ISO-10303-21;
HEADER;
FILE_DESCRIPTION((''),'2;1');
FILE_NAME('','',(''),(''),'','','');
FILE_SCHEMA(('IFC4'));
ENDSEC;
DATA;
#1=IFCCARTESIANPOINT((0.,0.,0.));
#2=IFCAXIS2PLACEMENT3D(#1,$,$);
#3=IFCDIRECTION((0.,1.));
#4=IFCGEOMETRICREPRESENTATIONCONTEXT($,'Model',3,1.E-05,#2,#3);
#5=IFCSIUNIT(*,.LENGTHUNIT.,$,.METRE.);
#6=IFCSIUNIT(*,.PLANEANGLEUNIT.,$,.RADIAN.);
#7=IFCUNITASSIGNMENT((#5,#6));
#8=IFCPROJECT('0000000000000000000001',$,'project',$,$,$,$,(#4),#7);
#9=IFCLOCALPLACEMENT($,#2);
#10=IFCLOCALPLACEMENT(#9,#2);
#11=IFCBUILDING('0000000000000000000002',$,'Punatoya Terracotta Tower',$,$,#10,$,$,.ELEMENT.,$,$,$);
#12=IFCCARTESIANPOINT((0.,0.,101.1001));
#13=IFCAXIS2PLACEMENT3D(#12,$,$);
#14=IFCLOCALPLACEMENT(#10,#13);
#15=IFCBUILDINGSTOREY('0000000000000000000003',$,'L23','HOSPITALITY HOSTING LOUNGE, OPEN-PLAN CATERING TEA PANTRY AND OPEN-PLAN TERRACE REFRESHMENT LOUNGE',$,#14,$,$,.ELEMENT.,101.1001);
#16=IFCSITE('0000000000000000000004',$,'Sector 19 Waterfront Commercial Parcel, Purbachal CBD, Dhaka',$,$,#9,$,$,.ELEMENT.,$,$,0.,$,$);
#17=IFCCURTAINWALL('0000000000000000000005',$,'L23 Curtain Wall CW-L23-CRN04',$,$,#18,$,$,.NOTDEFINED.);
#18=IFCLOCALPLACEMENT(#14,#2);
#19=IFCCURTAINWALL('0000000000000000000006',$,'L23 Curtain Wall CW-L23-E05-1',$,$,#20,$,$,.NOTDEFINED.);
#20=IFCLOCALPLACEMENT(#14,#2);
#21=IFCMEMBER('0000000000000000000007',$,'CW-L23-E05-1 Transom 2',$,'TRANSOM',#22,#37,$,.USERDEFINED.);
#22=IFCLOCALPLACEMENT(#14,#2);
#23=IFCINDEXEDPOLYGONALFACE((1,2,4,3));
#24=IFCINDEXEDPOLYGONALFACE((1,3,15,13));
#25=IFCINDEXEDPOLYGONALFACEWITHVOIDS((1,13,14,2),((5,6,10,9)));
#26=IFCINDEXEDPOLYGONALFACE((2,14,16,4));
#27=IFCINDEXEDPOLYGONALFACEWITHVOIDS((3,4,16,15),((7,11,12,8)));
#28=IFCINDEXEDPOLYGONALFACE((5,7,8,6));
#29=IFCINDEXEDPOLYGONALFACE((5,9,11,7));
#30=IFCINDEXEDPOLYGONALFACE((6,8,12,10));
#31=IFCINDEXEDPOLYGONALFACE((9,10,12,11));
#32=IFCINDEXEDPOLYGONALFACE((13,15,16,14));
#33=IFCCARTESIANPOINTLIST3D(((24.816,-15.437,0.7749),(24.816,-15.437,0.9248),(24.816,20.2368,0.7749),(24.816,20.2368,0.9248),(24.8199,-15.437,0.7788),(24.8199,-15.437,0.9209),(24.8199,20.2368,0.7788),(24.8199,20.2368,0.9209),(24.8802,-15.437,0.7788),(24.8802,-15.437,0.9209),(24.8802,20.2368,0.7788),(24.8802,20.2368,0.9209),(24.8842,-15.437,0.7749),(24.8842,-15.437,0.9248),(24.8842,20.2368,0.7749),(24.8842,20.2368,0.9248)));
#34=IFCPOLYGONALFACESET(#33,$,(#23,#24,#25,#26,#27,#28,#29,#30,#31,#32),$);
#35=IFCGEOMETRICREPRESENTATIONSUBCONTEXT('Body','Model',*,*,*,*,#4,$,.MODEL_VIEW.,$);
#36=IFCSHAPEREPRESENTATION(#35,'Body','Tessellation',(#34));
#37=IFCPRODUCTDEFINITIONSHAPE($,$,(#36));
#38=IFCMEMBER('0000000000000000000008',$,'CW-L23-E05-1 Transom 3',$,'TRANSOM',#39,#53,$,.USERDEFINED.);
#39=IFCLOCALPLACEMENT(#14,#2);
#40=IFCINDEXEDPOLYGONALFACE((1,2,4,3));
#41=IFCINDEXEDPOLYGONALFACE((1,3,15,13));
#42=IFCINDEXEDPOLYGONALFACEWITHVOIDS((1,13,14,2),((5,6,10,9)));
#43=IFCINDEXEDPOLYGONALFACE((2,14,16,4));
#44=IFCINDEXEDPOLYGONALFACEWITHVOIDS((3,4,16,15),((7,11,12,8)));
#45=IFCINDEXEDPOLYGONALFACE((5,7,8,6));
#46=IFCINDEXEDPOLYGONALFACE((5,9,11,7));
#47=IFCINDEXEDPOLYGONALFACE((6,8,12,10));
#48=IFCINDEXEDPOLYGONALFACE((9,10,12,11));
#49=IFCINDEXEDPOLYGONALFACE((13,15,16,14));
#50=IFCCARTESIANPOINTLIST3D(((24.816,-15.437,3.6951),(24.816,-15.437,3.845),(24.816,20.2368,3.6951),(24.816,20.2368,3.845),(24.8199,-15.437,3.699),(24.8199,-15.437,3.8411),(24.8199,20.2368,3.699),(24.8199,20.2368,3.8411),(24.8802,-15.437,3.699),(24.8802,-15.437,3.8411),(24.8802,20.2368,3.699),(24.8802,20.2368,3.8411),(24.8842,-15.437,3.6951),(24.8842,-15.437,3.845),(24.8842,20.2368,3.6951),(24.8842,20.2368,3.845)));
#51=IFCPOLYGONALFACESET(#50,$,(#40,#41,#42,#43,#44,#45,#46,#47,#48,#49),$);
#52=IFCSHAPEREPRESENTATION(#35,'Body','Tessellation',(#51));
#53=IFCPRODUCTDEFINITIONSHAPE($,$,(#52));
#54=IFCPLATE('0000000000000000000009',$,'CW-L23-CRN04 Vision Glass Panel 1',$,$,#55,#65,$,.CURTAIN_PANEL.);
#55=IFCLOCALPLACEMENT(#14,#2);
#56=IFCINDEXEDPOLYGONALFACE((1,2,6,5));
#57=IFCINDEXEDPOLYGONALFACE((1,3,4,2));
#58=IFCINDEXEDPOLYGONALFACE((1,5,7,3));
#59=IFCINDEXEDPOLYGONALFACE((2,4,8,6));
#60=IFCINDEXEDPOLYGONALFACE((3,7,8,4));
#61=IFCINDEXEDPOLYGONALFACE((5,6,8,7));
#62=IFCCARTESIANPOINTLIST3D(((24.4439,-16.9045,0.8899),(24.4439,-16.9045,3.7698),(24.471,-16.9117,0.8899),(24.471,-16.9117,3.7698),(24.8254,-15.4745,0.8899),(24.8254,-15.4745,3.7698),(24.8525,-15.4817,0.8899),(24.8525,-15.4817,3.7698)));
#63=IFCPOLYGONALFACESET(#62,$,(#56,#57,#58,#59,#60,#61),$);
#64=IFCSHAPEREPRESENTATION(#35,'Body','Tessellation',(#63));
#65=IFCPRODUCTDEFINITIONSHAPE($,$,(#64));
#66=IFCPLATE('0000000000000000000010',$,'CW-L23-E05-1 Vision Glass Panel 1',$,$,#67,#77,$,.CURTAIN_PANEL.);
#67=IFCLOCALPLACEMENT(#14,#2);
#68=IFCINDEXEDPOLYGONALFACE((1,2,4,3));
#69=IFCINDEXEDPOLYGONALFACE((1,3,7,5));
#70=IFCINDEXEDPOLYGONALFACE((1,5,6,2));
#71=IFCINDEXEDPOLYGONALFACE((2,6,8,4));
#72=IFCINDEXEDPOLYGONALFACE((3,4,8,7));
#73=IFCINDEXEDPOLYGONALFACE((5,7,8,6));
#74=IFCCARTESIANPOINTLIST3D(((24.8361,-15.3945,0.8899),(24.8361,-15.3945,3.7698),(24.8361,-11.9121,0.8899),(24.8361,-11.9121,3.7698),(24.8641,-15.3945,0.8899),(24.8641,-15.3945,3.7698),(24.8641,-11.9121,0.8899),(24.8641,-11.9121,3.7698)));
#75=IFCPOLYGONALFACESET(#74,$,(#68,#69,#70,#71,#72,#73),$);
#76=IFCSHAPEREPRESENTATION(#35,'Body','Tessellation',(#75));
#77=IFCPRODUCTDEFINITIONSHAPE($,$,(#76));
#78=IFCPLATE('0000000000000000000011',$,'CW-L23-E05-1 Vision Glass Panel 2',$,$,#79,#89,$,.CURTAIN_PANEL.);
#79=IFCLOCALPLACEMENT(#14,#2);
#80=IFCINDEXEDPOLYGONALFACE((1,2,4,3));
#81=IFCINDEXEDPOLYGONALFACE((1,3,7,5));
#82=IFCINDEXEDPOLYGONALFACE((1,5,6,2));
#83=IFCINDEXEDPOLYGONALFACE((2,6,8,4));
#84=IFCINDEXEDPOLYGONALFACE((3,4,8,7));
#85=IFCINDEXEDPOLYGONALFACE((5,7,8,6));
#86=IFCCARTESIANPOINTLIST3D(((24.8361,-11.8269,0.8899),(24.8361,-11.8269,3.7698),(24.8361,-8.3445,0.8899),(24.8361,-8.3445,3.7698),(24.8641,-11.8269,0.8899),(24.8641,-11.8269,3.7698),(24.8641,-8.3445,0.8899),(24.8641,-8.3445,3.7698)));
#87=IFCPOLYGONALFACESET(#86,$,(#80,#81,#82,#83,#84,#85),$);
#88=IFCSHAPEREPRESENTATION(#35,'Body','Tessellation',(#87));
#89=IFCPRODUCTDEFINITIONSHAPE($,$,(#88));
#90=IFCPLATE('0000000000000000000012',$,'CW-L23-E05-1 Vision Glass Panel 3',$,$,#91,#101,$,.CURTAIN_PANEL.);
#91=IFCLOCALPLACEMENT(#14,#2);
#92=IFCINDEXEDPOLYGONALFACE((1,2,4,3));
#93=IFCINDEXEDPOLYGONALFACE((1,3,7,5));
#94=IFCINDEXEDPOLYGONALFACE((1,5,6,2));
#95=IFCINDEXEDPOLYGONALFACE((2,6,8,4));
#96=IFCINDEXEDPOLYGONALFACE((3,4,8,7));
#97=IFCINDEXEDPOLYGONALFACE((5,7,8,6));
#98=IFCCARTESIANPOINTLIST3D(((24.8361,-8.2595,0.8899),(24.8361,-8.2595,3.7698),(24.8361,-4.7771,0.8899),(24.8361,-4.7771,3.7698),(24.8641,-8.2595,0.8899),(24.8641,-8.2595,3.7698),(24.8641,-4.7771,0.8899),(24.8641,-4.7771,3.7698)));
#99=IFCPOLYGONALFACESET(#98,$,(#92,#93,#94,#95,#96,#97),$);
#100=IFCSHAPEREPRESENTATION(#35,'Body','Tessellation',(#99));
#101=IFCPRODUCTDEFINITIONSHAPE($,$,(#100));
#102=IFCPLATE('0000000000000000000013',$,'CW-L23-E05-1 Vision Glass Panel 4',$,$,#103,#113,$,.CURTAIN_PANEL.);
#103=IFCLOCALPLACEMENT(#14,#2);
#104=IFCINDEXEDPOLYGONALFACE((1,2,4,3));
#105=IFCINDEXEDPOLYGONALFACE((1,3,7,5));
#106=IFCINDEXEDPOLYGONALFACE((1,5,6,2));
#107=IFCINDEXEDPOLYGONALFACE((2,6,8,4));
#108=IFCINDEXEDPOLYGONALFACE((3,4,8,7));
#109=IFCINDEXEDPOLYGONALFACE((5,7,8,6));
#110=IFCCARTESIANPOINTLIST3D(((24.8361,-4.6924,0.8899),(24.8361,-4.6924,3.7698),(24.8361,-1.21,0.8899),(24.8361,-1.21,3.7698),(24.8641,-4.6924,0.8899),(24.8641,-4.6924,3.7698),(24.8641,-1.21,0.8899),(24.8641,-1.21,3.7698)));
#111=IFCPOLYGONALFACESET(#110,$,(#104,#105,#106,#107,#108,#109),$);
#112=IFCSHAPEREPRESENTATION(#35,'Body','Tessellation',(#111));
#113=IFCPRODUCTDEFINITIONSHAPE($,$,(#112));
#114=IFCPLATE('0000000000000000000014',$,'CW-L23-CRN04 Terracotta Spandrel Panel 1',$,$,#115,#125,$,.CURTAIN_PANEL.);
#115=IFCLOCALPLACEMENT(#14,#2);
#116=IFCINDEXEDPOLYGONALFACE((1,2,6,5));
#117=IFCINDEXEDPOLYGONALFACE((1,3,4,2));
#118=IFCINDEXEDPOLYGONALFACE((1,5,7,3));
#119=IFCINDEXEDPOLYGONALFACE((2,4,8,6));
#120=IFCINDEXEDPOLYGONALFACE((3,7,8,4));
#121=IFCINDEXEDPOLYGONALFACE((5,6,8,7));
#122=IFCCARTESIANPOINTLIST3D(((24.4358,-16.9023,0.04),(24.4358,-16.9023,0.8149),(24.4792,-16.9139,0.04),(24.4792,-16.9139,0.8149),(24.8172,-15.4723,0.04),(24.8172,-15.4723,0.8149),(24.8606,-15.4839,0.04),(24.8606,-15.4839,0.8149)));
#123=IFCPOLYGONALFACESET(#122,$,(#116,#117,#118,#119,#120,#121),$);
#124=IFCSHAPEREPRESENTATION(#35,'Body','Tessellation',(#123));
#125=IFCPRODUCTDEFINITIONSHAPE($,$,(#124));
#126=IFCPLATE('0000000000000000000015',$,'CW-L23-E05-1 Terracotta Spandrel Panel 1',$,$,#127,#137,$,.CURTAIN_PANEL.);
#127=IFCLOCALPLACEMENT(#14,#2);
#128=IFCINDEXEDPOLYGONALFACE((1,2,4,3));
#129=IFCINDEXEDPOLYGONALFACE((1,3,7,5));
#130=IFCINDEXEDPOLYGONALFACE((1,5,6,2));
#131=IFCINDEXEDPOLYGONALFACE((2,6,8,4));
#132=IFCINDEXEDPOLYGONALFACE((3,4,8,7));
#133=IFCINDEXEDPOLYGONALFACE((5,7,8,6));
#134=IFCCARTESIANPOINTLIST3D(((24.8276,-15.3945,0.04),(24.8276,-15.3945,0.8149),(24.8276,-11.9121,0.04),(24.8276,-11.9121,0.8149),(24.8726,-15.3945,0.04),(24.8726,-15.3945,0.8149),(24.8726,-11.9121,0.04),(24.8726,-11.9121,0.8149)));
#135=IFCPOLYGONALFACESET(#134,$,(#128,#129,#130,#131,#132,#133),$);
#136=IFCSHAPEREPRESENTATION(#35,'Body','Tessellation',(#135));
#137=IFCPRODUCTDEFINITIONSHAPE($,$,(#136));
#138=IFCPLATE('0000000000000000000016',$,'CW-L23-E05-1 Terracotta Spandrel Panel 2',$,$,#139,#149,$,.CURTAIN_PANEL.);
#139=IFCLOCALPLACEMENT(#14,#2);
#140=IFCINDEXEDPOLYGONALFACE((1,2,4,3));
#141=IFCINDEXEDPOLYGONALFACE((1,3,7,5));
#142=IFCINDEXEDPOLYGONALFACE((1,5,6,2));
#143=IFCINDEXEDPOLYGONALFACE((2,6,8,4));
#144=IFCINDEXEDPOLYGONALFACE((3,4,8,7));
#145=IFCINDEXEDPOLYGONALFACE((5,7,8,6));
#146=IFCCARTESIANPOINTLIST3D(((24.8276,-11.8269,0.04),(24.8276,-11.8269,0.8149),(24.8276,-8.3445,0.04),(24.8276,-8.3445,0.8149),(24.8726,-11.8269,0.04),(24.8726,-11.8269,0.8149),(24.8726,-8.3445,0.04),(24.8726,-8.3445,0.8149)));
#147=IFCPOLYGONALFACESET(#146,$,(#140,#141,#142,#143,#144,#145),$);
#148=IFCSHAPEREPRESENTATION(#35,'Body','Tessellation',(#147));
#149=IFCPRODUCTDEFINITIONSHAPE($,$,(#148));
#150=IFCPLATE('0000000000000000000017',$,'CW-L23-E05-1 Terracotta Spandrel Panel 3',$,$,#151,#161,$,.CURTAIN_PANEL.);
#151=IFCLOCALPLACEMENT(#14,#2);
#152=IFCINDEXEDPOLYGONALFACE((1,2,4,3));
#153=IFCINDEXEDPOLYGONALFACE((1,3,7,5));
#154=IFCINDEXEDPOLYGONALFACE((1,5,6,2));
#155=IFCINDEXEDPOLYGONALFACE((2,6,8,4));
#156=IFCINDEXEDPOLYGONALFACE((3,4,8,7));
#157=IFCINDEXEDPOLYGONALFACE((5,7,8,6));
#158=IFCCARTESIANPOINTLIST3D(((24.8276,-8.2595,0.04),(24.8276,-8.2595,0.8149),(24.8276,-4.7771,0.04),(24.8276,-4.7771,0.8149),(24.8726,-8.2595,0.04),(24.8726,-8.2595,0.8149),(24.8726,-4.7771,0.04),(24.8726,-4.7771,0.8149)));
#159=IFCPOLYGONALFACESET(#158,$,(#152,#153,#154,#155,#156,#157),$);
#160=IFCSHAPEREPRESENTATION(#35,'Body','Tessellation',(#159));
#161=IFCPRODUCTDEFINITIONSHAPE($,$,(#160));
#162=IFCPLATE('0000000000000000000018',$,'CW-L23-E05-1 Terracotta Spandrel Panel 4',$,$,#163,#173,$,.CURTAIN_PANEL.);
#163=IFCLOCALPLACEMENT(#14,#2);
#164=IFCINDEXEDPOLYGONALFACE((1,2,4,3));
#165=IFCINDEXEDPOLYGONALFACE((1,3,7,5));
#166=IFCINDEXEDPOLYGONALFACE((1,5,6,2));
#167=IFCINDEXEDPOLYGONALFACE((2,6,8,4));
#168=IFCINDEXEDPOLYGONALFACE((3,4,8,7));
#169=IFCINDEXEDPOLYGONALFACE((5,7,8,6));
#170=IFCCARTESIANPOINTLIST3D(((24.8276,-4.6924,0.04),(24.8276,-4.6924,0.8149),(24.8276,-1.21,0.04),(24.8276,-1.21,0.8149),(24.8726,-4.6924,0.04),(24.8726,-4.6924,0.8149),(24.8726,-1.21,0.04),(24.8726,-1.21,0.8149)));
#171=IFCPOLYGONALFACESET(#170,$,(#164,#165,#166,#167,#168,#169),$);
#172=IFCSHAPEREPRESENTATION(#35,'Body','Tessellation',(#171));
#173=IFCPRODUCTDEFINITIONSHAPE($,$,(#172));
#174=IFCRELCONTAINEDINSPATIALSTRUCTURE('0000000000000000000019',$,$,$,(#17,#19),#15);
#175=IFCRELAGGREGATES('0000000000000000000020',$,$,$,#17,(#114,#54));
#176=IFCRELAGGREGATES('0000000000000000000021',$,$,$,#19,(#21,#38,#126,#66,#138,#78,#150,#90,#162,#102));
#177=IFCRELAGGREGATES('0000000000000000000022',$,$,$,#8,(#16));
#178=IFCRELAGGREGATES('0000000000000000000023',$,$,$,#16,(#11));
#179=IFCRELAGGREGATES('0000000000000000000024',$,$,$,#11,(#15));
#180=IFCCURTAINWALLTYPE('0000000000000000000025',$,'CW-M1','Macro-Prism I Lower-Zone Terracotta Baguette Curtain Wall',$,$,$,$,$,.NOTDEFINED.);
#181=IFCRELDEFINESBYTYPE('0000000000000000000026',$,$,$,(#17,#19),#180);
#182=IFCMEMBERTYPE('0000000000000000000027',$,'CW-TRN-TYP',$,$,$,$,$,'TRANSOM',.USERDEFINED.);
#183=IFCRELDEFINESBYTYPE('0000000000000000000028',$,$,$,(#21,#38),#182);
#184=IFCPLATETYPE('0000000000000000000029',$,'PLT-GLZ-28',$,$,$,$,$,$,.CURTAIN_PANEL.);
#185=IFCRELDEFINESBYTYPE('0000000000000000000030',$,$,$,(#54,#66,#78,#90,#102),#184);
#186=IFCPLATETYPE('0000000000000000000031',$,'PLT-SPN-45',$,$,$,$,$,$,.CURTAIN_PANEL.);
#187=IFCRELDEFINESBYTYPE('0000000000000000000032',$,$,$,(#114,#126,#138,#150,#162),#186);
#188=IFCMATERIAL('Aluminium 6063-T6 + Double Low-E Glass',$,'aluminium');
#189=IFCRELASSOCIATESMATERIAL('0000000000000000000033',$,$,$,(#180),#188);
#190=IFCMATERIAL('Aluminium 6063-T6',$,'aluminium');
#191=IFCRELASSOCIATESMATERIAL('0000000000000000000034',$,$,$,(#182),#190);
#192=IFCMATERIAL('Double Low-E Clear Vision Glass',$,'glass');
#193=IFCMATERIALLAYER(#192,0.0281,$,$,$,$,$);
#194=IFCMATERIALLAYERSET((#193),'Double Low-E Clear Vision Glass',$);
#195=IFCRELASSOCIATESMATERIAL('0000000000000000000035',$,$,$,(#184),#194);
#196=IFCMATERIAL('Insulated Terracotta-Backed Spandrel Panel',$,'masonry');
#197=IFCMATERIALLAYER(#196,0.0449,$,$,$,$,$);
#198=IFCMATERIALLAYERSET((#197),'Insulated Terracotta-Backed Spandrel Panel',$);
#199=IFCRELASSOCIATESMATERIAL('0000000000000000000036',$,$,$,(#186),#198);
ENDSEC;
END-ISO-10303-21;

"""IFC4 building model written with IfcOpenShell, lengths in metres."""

from ifc_helpers import new_model, si_unit, direction, frame, origin, origin_2d, place, context, subcontext, project, spatial, rectangle, hollow_rectangle, extrude, material, layer, layer_set, material_profile, profile_set, type_object, element, aggregate, save


model = new_model("IFC4")

# Units and contexts
model_context = context("Model", 3, precision=1e-05, world=origin(), true_north=direction((0.0, 1.0)))
body_context = subcontext(model_context, "Body", "Model", "MODEL_VIEW")
ifc_project = project(units=[si_unit("LENGTHUNIT", "METRE"), si_unit("PLANEANGLEUNIT", "RADIAN")], contexts=[model_context])

# Site, building, storey
site_placement = place(None, origin())
site = spatial("IfcSite", under=ifc_project, at=site_placement, Name="Sector 19 Waterfront Commercial Parcel, Purbachal CBD, Dhaka", CompositionType="ELEMENT", RefElevation=0.0)
building_placement = place(site_placement, origin())
building = spatial("IfcBuilding", under=site, at=building_placement, Name="Punatoya Terracotta Tower", CompositionType="ELEMENT")
storey_placement = place(building_placement, frame((0.0, 0.0, 101.1001)))
storey = spatial("IfcBuildingStorey", under=building, at=storey_placement, Name="L23", Description="HOSPITALITY HOSTING LOUNGE, OPEN-PLAN CATERING TEA PANTRY AND OPEN-PLAN TERRACE REFRESHMENT LOUNGE", CompositionType="ELEMENT", Elevation=101.1001)

# Curtain walls, members
ifc_material_1 = material(Name="Aluminium 6063-T6 + Double Low-E Glass", Category="aluminium")
curtain_wall_type = type_object("IfcCurtainWallType", Name="CW-M1", Description="Macro-Prism I Lower-Zone Terracotta Baguette Curtain Wall", PredefinedType="NOTDEFINED", material=ifc_material_1)
curtain_wall_1_placement = place(storey_placement, origin())
curtain_wall_1 = element("IfcCurtainWall", 1, at=curtain_wall_1_placement, inside=storey, type_object=curtain_wall_type, Name="L23 Curtain Wall CW-L23-CRN04", PredefinedType="NOTDEFINED")
ifc_material_2 = material(Name="Aluminium 6063-T6", Category="aluminium")
curtain_wall_2_placement = place(storey_placement, origin())
curtain_wall_2 = element("IfcCurtainWall", 2, at=curtain_wall_2_placement, inside=storey, type_object=curtain_wall_type, Name="L23 Curtain Wall CW-L23-E05-1", PredefinedType="NOTDEFINED")
ifc_material_profile_1 = material_profile(ifc_material_2, hollow_rectangle(XDim=0.0681, YDim=0.1499, WallThickness=0.0039, at=origin_2d()))
ifc_profile_set_1 = profile_set([ifc_material_profile_1], Name="Aluminium 6063-T6")
member_type_1 = type_object("IfcMemberType", Name="CW-TRN-TYP", ElementType="TRANSOM", PredefinedType="USERDEFINED", material=ifc_profile_set_1)
member_1_placement = place(storey_placement, frame((24.8501, -15.437, 0.8499), z_axis=(0.0, 1.0, 0.0), x_axis=(-1.0, 0.0, 0.0)))
member_1 = element("IfcMember", 3, at=member_1_placement, type_object=member_type_1, Name="CW-L23-E05-1 Transom 2", ObjectType="TRANSOM", PredefinedType="USERDEFINED", context=body_context, shape_type="SweptSolid", body=[
    extrude(hollow_rectangle(XDim=0.0681, YDim=0.1499, WallThickness=0.0039, at=origin_2d()), origin(), (0.0, 0.0, 1.0), 35.6738),
])
member_2_placement = place(storey_placement, frame((24.8501, -15.437, 3.77), z_axis=(0.0, 1.0, 0.0), x_axis=(-1.0, 0.0, 0.0)))
member_2 = element("IfcMember", 4, at=member_2_placement, type_object=member_type_1, Name="CW-L23-E05-1 Transom 3", ObjectType="TRANSOM", PredefinedType="USERDEFINED", context=body_context, shape_type="SweptSolid", body=[
    extrude(hollow_rectangle(XDim=0.0681, YDim=0.1499, WallThickness=0.0039, at=origin_2d()), origin(), (0.0, 0.0, 1.0), 35.6738),
])

# Plates
ifc_material_3 = material(Name="Double Low-E Clear Vision Glass", Category="glass")
ifc_layer_1 = layer(ifc_material_3, 0.0281)
ifc_layer_set_1 = layer_set([ifc_layer_1], Name="Double Low-E Clear Vision Glass")
plate_type_1 = type_object("IfcPlateType", Name="PLT-GLZ-28", PredefinedType="CURTAIN_PANEL", material=ifc_layer_set_1)
plate_1_placement = place(storey_placement, frame((24.6482, -16.1931, 0.8899), z_axis=(0.0, 0.0, 1.0), x_axis=(0.257742, 0.966214, 0.0)))
plate_1 = element("IfcPlate", 5, at=plate_1_placement, type_object=plate_type_1, Name="CW-L23-CRN04 Vision Glass Panel 1", PredefinedType="CURTAIN_PANEL", context=body_context, shape_type="SweptSolid", body=[
    extrude(rectangle(XDim=1.48, YDim=0.0281, at=origin_2d()), origin(), (0.0, 0.0, 1.0), 2.8799),
])
plate_2_placement = place(storey_placement, frame((24.8501, -13.6533, 0.8899), z_axis=(0.0, 0.0, 1.0), x_axis=(0.0, 1.0, 0.0)))
plate_2 = element("IfcPlate", 6, at=plate_2_placement, type_object=plate_type_1, Name="CW-L23-E05-1 Vision Glass Panel 1", PredefinedType="CURTAIN_PANEL", context=body_context, shape_type="SweptSolid", body=[
    extrude(rectangle(XDim=3.4824, YDim=0.0281, at=origin_2d()), origin(), (0.0, 0.0, 1.0), 2.8799),
])
plate_3_placement = place(storey_placement, frame((24.8501, -10.0857, 0.8899), z_axis=(0.0, 0.0, 1.0), x_axis=(0.0, 1.0, 0.0)))
plate_3 = element("IfcPlate", 7, at=plate_3_placement, type_object=plate_type_1, Name="CW-L23-E05-1 Vision Glass Panel 2", PredefinedType="CURTAIN_PANEL", context=body_context, shape_type="SweptSolid", body=[
    extrude(rectangle(XDim=3.4824, YDim=0.0281, at=origin_2d()), origin(), (0.0, 0.0, 1.0), 2.8799),
])
plate_4_placement = place(storey_placement, frame((24.8501, -6.5183, 0.8899), z_axis=(0.0, 0.0, 1.0), x_axis=(0.0, 1.0, 0.0)))
plate_4 = element("IfcPlate", 8, at=plate_4_placement, type_object=plate_type_1, Name="CW-L23-E05-1 Vision Glass Panel 3", PredefinedType="CURTAIN_PANEL", context=body_context, shape_type="SweptSolid", body=[
    extrude(rectangle(XDim=3.4824, YDim=0.0281, at=origin_2d()), origin(), (0.0, 0.0, 1.0), 2.8799),
])
plate_5_placement = place(storey_placement, frame((24.8501, -2.9512, 0.8899), z_axis=(0.0, 0.0, 1.0), x_axis=(0.0, 1.0, 0.0)))
plate_5 = element("IfcPlate", 9, at=plate_5_placement, type_object=plate_type_1, Name="CW-L23-E05-1 Vision Glass Panel 4", PredefinedType="CURTAIN_PANEL", context=body_context, shape_type="SweptSolid", body=[
    extrude(rectangle(XDim=3.4824, YDim=0.0281, at=origin_2d()), origin(), (0.0, 0.0, 1.0), 2.8799),
])
ifc_material_4 = material(Name="Insulated Terracotta-Backed Spandrel Panel", Category="masonry")
ifc_layer_2 = layer(ifc_material_4, 0.0449)
ifc_layer_set_2 = layer_set([ifc_layer_2], Name="Insulated Terracotta-Backed Spandrel Panel")
plate_type_2 = type_object("IfcPlateType", Name="PLT-SPN-45", PredefinedType="CURTAIN_PANEL", material=ifc_layer_set_2)
plate_6_placement = place(storey_placement, frame((24.6482, -16.1931, 0.04), z_axis=(0.0, 0.0, 1.0), x_axis=(0.257742, 0.966214, 0.0)))
plate_6 = element("IfcPlate", 10, at=plate_6_placement, type_object=plate_type_2, Name="CW-L23-CRN04 Terracotta Spandrel Panel 1", PredefinedType="CURTAIN_PANEL", context=body_context, shape_type="SweptSolid", body=[
    extrude(rectangle(XDim=1.48, YDim=0.0449, at=origin_2d()), origin(), (0.0, 0.0, 1.0), 0.7749),
])
aggregate(curtain_wall_1, [plate_6, plate_1])
plate_7_placement = place(storey_placement, frame((24.8501, -13.6533, 0.04), z_axis=(0.0, 0.0, 1.0), x_axis=(0.0, 1.0, 0.0)))
plate_7 = element("IfcPlate", 11, at=plate_7_placement, type_object=plate_type_2, Name="CW-L23-E05-1 Terracotta Spandrel Panel 1", PredefinedType="CURTAIN_PANEL", context=body_context, shape_type="SweptSolid", body=[
    extrude(rectangle(XDim=3.4824, YDim=0.0449, at=origin_2d()), origin(), (0.0, 0.0, 1.0), 0.7749),
])
plate_8_placement = place(storey_placement, frame((24.8501, -10.0857, 0.04), z_axis=(0.0, 0.0, 1.0), x_axis=(0.0, 1.0, 0.0)))
plate_8 = element("IfcPlate", 12, at=plate_8_placement, type_object=plate_type_2, Name="CW-L23-E05-1 Terracotta Spandrel Panel 2", PredefinedType="CURTAIN_PANEL", context=body_context, shape_type="SweptSolid", body=[
    extrude(rectangle(XDim=3.4824, YDim=0.0449, at=origin_2d()), origin(), (0.0, 0.0, 1.0), 0.7749),
])
plate_9_placement = place(storey_placement, frame((24.8501, -6.5183, 0.04), z_axis=(0.0, 0.0, 1.0), x_axis=(0.0, 1.0, 0.0)))
plate_9 = element("IfcPlate", 13, at=plate_9_placement, type_object=plate_type_2, Name="CW-L23-E05-1 Terracotta Spandrel Panel 3", PredefinedType="CURTAIN_PANEL", context=body_context, shape_type="SweptSolid", body=[
    extrude(rectangle(XDim=3.4824, YDim=0.0449, at=origin_2d()), origin(), (0.0, 0.0, 1.0), 0.7749),
])
plate_10_placement = place(storey_placement, frame((24.8501, -2.9512, 0.04), z_axis=(0.0, 0.0, 1.0), x_axis=(0.0, 1.0, 0.0)))
plate_10 = element("IfcPlate", 14, at=plate_10_placement, type_object=plate_type_2, Name="CW-L23-E05-1 Terracotta Spandrel Panel 4", PredefinedType="CURTAIN_PANEL", context=body_context, shape_type="SweptSolid", body=[
    extrude(rectangle(XDim=3.4824, YDim=0.0449, at=origin_2d()), origin(), (0.0, 0.0, 1.0), 0.7749),
])
aggregate(curtain_wall_2, [member_1, member_2, plate_7, plate_2, plate_8, plate_3, plate_9, plate_4, plate_10, plate_5])

save(model, "model.ifc")
